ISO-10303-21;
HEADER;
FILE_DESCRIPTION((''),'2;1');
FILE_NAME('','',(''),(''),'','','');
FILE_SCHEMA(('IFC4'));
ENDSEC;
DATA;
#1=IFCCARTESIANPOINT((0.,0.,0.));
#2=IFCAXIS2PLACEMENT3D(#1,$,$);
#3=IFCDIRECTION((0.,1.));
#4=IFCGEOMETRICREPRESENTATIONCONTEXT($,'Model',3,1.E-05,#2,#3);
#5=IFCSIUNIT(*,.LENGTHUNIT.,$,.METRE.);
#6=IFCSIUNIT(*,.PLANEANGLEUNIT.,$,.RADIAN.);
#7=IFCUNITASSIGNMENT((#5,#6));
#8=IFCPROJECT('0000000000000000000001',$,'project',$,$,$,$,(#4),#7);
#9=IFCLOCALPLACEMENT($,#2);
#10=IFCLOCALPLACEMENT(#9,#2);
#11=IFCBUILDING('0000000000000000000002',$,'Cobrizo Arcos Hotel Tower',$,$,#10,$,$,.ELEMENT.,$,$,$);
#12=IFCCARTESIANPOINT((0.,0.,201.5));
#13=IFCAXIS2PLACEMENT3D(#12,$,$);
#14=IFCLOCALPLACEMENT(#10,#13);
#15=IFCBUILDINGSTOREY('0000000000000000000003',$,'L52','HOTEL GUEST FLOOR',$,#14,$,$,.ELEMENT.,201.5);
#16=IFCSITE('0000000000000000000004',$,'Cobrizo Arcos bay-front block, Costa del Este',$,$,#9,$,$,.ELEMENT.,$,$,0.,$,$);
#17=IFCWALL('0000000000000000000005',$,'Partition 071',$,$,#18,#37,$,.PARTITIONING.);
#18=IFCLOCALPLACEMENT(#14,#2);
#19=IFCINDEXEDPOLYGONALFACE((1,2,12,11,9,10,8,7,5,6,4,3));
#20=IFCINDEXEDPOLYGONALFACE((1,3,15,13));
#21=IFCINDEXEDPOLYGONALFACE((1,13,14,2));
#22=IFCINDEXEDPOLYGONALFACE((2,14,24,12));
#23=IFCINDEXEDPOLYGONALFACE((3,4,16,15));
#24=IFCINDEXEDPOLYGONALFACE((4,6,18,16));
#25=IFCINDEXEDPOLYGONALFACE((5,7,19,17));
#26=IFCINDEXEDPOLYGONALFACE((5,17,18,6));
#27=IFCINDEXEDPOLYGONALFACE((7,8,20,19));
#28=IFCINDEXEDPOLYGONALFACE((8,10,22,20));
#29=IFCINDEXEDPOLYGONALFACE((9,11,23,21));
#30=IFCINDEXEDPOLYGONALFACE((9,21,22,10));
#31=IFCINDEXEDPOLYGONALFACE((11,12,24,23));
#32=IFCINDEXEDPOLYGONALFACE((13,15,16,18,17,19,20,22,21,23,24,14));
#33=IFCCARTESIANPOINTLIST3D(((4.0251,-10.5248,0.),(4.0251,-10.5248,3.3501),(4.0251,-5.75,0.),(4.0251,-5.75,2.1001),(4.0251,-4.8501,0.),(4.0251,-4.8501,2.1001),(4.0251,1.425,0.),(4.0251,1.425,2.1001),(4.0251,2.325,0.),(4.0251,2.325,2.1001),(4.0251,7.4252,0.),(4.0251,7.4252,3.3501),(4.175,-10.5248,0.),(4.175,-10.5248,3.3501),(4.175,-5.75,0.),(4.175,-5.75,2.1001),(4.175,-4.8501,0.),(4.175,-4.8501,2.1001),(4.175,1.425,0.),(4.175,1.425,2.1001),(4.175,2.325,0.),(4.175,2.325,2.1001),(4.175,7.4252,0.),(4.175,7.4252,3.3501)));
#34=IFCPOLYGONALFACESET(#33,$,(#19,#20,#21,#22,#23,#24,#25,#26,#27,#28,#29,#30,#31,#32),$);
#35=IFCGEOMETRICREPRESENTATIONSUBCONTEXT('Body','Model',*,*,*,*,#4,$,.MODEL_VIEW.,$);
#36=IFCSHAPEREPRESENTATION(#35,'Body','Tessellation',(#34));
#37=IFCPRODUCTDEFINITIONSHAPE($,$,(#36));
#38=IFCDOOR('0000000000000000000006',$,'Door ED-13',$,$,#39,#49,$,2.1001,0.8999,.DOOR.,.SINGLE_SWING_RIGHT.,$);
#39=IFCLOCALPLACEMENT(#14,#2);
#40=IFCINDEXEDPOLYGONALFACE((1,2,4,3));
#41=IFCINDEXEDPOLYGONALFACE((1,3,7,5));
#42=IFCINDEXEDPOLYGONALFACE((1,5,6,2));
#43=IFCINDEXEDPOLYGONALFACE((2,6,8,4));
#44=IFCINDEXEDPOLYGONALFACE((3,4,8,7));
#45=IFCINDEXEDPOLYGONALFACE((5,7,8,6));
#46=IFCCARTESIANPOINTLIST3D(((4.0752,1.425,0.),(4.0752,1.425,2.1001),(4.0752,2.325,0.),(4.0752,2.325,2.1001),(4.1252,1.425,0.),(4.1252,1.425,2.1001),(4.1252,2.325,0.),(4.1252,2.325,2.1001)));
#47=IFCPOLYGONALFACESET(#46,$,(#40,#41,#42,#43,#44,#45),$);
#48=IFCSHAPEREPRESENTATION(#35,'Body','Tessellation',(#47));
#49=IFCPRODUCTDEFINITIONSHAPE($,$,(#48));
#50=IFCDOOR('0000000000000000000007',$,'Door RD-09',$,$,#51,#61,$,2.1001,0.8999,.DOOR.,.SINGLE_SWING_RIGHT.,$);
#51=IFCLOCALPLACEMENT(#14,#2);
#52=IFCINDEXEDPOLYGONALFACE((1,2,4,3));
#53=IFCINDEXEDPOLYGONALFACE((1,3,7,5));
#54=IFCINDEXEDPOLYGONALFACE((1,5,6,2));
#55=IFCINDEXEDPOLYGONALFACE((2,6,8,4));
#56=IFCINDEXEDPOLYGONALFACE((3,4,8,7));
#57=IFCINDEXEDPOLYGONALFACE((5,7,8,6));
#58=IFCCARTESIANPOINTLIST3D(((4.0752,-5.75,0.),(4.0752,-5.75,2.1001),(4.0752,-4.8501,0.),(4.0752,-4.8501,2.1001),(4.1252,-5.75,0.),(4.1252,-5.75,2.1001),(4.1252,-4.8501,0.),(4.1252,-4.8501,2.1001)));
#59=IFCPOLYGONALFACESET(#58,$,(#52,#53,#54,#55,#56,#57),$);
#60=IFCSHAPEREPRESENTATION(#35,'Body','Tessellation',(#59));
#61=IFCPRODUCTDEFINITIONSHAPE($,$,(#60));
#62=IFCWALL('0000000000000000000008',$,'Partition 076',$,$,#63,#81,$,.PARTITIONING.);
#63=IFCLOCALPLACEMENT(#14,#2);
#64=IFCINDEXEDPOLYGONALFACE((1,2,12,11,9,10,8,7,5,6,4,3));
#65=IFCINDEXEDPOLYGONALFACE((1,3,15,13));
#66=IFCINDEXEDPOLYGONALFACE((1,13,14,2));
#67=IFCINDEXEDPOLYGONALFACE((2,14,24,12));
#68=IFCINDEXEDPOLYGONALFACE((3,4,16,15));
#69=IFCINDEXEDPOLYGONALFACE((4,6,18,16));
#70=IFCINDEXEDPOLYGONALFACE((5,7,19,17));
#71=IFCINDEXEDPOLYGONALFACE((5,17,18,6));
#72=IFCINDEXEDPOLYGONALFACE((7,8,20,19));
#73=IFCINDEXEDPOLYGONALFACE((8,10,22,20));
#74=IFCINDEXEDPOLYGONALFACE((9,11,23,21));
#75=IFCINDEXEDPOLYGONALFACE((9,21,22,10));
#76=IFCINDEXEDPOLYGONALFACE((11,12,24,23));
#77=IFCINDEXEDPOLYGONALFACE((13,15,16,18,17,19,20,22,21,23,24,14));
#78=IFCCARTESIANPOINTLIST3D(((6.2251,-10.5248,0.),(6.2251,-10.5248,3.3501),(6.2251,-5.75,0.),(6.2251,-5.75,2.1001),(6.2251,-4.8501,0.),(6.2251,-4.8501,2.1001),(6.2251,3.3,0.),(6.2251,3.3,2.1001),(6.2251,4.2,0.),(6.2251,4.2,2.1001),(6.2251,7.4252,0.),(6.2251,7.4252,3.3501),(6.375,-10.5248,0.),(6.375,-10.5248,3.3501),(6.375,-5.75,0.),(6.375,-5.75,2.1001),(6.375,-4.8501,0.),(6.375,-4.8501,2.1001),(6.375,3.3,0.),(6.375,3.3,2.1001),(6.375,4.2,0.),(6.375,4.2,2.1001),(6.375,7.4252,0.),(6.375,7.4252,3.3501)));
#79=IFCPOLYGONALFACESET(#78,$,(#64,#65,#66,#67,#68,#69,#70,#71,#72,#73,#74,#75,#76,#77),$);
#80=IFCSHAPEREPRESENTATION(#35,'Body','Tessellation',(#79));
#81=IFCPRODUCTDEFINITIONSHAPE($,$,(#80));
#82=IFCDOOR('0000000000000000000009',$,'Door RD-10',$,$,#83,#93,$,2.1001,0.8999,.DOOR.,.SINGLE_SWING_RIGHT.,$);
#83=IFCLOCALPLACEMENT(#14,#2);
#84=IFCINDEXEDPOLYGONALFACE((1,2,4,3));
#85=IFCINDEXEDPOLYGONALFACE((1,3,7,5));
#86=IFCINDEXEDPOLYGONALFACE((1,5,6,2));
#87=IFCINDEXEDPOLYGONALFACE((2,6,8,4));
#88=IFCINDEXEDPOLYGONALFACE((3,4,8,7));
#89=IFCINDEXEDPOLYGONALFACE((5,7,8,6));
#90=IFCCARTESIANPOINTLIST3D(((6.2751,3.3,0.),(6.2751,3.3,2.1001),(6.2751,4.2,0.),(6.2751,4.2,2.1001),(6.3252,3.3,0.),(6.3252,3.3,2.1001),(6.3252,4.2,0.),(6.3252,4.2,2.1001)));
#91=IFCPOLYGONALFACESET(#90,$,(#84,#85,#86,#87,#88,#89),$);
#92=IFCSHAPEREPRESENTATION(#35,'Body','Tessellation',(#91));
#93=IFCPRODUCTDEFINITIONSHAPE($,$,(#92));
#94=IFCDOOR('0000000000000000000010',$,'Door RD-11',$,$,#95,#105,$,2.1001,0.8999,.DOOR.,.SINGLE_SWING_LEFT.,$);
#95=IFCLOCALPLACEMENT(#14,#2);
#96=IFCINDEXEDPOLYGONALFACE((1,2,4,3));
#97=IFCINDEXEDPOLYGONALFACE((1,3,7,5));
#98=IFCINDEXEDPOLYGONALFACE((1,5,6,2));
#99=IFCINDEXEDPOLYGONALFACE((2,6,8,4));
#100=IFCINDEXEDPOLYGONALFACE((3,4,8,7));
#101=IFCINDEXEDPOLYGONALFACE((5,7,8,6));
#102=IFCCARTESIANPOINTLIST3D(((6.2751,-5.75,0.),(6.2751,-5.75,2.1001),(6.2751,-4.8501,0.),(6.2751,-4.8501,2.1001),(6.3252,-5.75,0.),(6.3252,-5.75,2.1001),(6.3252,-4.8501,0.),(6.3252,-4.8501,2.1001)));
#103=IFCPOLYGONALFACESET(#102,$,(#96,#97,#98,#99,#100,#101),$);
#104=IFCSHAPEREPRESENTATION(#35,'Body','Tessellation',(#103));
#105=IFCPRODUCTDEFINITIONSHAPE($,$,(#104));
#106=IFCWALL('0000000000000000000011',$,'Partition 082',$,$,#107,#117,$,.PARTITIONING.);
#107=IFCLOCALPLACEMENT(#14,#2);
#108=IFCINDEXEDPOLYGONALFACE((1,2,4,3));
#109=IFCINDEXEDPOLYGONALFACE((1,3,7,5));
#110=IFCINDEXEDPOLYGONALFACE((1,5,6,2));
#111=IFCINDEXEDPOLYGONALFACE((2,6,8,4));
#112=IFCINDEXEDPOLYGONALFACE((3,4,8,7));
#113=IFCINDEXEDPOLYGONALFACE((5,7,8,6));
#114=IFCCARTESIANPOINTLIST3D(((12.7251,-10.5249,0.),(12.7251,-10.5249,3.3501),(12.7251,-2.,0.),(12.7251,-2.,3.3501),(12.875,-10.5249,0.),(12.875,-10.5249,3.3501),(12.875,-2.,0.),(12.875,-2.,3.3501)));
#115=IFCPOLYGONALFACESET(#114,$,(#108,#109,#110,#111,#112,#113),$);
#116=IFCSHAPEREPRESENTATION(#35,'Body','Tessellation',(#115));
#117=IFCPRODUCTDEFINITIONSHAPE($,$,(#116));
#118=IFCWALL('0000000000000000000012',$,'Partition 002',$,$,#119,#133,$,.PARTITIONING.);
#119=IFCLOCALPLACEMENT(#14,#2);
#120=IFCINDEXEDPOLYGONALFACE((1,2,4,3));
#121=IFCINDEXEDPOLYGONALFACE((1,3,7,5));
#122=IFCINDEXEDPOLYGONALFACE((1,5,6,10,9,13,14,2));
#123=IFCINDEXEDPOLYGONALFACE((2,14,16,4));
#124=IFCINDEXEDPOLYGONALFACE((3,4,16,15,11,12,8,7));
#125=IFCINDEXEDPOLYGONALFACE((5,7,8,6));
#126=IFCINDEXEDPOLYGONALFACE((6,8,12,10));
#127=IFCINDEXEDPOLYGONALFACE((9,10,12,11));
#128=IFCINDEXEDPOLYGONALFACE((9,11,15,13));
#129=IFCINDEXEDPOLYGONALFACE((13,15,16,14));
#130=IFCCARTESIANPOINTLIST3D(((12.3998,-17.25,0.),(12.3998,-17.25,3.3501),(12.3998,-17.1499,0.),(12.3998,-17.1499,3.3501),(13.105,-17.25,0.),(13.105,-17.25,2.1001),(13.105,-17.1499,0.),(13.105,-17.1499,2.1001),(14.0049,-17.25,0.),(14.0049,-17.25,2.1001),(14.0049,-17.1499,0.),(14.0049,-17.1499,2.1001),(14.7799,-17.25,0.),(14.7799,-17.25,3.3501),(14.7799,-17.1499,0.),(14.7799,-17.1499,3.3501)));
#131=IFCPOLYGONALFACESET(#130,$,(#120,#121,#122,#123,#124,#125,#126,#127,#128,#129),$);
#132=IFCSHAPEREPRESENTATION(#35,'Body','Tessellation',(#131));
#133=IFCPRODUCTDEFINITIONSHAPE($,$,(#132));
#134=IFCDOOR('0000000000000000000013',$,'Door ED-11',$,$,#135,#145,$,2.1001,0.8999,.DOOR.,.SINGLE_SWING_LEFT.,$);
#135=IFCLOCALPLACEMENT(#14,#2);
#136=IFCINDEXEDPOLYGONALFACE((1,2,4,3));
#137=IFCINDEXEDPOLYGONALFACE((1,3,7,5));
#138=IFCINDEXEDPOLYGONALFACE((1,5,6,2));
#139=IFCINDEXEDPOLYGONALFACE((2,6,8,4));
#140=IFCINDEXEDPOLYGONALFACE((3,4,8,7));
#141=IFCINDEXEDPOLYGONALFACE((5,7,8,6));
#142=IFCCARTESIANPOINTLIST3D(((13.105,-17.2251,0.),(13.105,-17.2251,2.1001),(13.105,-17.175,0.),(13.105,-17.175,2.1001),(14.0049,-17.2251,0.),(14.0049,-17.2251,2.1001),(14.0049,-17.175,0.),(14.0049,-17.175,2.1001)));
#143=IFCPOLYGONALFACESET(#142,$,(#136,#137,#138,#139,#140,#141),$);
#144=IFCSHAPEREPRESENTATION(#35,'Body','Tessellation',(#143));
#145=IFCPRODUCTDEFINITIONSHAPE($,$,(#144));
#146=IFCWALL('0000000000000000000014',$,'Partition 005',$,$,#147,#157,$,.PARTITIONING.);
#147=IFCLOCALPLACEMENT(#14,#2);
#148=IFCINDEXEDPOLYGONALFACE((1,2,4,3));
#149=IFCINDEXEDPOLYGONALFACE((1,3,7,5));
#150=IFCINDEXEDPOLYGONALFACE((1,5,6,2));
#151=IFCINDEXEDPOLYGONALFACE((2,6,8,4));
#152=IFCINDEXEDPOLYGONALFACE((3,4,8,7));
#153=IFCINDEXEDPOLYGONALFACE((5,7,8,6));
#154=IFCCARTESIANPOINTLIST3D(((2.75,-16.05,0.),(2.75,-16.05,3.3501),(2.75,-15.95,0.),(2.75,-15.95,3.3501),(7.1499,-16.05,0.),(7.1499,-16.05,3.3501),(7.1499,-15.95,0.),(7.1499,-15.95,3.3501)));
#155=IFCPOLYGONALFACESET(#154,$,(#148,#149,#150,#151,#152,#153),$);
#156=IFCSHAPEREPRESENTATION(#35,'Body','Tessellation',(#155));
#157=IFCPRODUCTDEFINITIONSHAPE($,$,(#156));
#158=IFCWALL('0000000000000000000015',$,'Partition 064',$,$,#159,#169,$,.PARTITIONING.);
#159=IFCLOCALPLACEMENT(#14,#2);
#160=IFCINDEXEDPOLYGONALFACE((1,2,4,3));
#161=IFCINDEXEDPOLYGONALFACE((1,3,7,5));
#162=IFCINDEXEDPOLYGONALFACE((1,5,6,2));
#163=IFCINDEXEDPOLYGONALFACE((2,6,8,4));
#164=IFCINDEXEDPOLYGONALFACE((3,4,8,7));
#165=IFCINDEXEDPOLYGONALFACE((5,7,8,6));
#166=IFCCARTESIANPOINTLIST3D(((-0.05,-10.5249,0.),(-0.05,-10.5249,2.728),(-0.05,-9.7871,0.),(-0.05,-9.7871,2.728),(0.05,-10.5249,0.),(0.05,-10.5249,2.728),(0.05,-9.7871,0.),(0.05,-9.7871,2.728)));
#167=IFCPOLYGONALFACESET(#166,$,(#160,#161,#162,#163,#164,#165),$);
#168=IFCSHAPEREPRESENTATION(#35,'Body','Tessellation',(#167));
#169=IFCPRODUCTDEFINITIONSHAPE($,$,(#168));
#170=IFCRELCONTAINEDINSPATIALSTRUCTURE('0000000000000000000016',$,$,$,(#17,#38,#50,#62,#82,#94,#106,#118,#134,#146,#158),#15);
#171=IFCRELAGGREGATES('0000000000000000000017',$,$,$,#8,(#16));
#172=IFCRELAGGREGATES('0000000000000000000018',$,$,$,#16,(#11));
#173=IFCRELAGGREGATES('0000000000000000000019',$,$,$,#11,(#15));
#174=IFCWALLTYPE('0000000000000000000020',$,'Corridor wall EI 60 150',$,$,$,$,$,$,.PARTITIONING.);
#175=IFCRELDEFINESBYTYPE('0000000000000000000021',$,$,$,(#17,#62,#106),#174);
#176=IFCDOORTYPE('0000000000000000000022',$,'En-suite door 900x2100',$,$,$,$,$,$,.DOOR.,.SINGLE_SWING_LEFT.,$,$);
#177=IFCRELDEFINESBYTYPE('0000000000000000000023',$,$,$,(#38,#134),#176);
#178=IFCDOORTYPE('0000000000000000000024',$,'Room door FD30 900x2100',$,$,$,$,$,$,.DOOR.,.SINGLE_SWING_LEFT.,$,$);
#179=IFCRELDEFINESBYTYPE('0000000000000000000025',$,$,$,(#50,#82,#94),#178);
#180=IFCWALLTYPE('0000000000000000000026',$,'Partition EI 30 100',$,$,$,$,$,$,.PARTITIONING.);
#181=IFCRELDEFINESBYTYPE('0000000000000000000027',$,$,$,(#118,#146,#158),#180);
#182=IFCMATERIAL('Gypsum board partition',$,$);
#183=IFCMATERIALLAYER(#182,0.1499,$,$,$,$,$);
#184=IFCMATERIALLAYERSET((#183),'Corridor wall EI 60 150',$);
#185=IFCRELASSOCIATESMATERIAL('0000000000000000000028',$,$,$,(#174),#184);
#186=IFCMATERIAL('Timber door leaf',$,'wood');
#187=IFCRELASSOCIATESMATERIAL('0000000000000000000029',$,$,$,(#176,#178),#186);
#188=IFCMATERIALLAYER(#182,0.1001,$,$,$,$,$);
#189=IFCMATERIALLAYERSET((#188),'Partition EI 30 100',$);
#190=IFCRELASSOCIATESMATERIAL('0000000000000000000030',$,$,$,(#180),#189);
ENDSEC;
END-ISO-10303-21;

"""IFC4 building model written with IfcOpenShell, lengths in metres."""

from ifc_helpers import new_model, si_unit, direction, frame, frame_2d, origin, place, context, subcontext, project, spatial, rectangle, extrude, material, layer, layer_set, type_object, element, fill, save


model = new_model("IFC4")

# Units and contexts
model_context = context("Model", 3, precision=1e-05, world=origin(), true_north=direction((0.0, 1.0)))
body_context = subcontext(model_context, "Body", "Model", "MODEL_VIEW")
ifc_project = project(units=[si_unit("LENGTHUNIT", "METRE"), si_unit("PLANEANGLEUNIT", "RADIAN")], contexts=[model_context])

# Site, building, storey
site_placement = place(None, origin())
site = spatial("IfcSite", under=ifc_project, at=site_placement, Name="Cobrizo Arcos bay-front block, Costa del Este", CompositionType="ELEMENT", RefElevation=0.0)
building_placement = place(site_placement, origin())
building = spatial("IfcBuilding", under=site, at=building_placement, Name="Cobrizo Arcos Hotel Tower", CompositionType="ELEMENT")
storey_placement = place(building_placement, frame((0.0, 0.0, 201.5)))
storey = spatial("IfcBuildingStorey", under=building, at=storey_placement, Name="L52", Description="HOTEL GUEST FLOOR", CompositionType="ELEMENT", Elevation=201.5)

# Shared definitions
ifc_material_1 = material(Name="Gypsum board partition")
ifc_layer_1 = layer(ifc_material_1, 0.1499)
ifc_layer_set_1 = layer_set([ifc_layer_1], Name="Corridor wall EI 60 150")
wall_type_1 = type_object("IfcWallType", Name="Corridor wall EI 60 150", PredefinedType="PARTITIONING", material=ifc_layer_set_1)

# Walls, openings, doors
wall_1_placement = place(storey_placement, frame((4.1001, -10.5249, 0.0), z_axis=(0.0, 0.0, 1.0), x_axis=(0.0, 1.0, 0.0)))
wall_1 = element("IfcWall", 1, at=wall_1_placement, inside=storey, type_object=wall_type_1, Name="Partition 071", PredefinedType="PARTITIONING", context=body_context, shape_type="SweptSolid", body=[
    extrude(rectangle(XDim=17.95, YDim=0.1499, at=frame_2d((8.9751, 0.0))), origin(), (0.0, 0.0, 1.0), 3.3501),
])
opening_1_placement = place(wall_1_placement, frame((11.95, 0.0, 0.0)))
opening_1 = element("IfcOpeningElement", 2, at=opening_1_placement, cuts=wall_1, PredefinedType="OPENING", context=body_context, shape_type="SweptSolid", body=[
    extrude(rectangle(XDim=0.8999, YDim=2.1001, at=frame_2d((0.45, 1.05))), frame((0.0, 0.0869, 0.0), z_axis=(0.0, -1.0, 0.0), x_axis=(1.0, 0.0, 0.0)), (0.0, 0.0, 1.0), 0.1738),
])
opening_2_placement = place(wall_1_placement, frame((4.7749, 0.0, 0.0)))
opening_2 = element("IfcOpeningElement", 3, at=opening_2_placement, cuts=wall_1, PredefinedType="OPENING", context=body_context, shape_type="SweptSolid", body=[
    extrude(rectangle(XDim=0.8999, YDim=2.1001, at=frame_2d((0.45, 1.05))), frame((0.0, 0.0869, 0.0), z_axis=(0.0, -1.0, 0.0), x_axis=(1.0, 0.0, 0.0)), (0.0, 0.0, 1.0), 0.1738),
])
ifc_material_2 = material(Name="Timber door leaf", Category="wood")
door_type_1 = type_object("IfcDoorType", Name="En-suite door 900x2100", OperationType="SINGLE_SWING_LEFT", PredefinedType="DOOR", material=ifc_material_2)
door_1_placement = place(opening_1_placement, origin())
door_1 = element("IfcDoor", 4, at=door_1_placement, inside=storey, type_object=door_type_1, Name="Door ED-13", OperationType="SINGLE_SWING_RIGHT", OverallHeight=2.1001, OverallWidth=0.8999, PredefinedType="DOOR", context=body_context, shape_type="SweptSolid", body=[
    extrude(rectangle(XDim=0.8999, YDim=2.1001, at=frame_2d((0.45, 1.05))), frame((0.0, 0.0249, 0.0), z_axis=(0.0, -1.0, 0.0), x_axis=(1.0, 0.0, 0.0)), (0.0, 0.0, 1.0), 0.05),
])
fill(opening_1, door_1)
door_type_2 = type_object("IfcDoorType", Name="Room door FD30 900x2100", OperationType="SINGLE_SWING_LEFT", PredefinedType="DOOR", material=ifc_material_2)
door_2_placement = place(opening_2_placement, origin())
door_2 = element("IfcDoor", 5, at=door_2_placement, inside=storey, type_object=door_type_2, Name="Door RD-09", OperationType="SINGLE_SWING_RIGHT", OverallHeight=2.1001, OverallWidth=0.8999, PredefinedType="DOOR", context=body_context, shape_type="SweptSolid", body=[
    extrude(rectangle(XDim=0.8999, YDim=2.1001, at=frame_2d((0.45, 1.05))), frame((0.0, 0.0249, 0.0), z_axis=(0.0, -1.0, 0.0), x_axis=(1.0, 0.0, 0.0)), (0.0, 0.0, 1.0), 0.05),
])
fill(opening_2, door_2)
wall_2_placement = place(storey_placement, frame((6.3, -10.5249, 0.0), z_axis=(0.0, 0.0, 1.0), x_axis=(0.0, 1.0, 0.0)))
wall_2 = element("IfcWall", 6, at=wall_2_placement, inside=storey, type_object=wall_type_1, Name="Partition 076", PredefinedType="PARTITIONING", context=body_context, shape_type="SweptSolid", body=[
    extrude(rectangle(XDim=17.95, YDim=0.1499, at=frame_2d((8.9751, 0.0))), origin(), (0.0, 0.0, 1.0), 3.3501),
])
opening_3_placement = place(wall_2_placement, frame((13.825, 0.0, 0.0)))
opening_3 = element("IfcOpeningElement", 7, at=opening_3_placement, cuts=wall_2, PredefinedType="OPENING", context=body_context, shape_type="SweptSolid", body=[
    extrude(rectangle(XDim=0.8999, YDim=2.1001, at=frame_2d((0.45, 1.05))), frame((0.0, 0.0869, 0.0), z_axis=(0.0, -1.0, 0.0), x_axis=(1.0, 0.0, 0.0)), (0.0, 0.0, 1.0), 0.1738),
])
opening_4_placement = place(wall_2_placement, frame((4.7749, 0.0, 0.0)))
opening_4 = element("IfcOpeningElement", 8, at=opening_4_placement, cuts=wall_2, PredefinedType="OPENING", context=body_context, shape_type="SweptSolid", body=[
    extrude(rectangle(XDim=0.8999, YDim=2.1001, at=frame_2d((0.45, 1.05))), frame((0.0, 0.0869, 0.0), z_axis=(0.0, -1.0, 0.0), x_axis=(1.0, 0.0, 0.0)), (0.0, 0.0, 1.0), 0.1738),
])
door_3_placement = place(opening_3_placement, origin())
door_3 = element("IfcDoor", 9, at=door_3_placement, inside=storey, type_object=door_type_2, Name="Door RD-10", OperationType="SINGLE_SWING_RIGHT", OverallHeight=2.1001, OverallWidth=0.8999, PredefinedType="DOOR", context=body_context, shape_type="SweptSolid", body=[
    extrude(rectangle(XDim=0.8999, YDim=2.1001, at=frame_2d((0.45, 1.05))), frame((0.0, 0.0249, 0.0), z_axis=(0.0, -1.0, 0.0), x_axis=(1.0, 0.0, 0.0)), (0.0, 0.0, 1.0), 0.05),
])
fill(opening_3, door_3)
door_4_placement = place(opening_4_placement, origin())
door_4 = element("IfcDoor", 10, at=door_4_placement, inside=storey, type_object=door_type_2, Name="Door RD-11", OperationType="SINGLE_SWING_LEFT", OverallHeight=2.1001, OverallWidth=0.8999, PredefinedType="DOOR", context=body_context, shape_type="SweptSolid", body=[
    extrude(rectangle(XDim=0.8999, YDim=2.1001, at=frame_2d((0.45, 1.05))), frame((0.0, 0.0249, 0.0), z_axis=(0.0, -1.0, 0.0), x_axis=(1.0, 0.0, 0.0)), (0.0, 0.0, 1.0), 0.05),
])
fill(opening_4, door_4)

# Wall
wall_3_placement = place(storey_placement, frame((12.8, -10.5249, 0.0), z_axis=(0.0, 0.0, 1.0), x_axis=(0.0, 1.0, 0.0)))
element("IfcWall", 11, at=wall_3_placement, inside=storey, type_object=wall_type_1, Name="Partition 082", PredefinedType="PARTITIONING", context=body_context, shape_type="SweptSolid", body=[
    extrude(rectangle(XDim=8.5249, YDim=0.1499, at=frame_2d((4.2625, 0.0))), origin(), (0.0, 0.0, 1.0), 3.3501),
])

# Wall, opening, door
ifc_layer_2 = layer(ifc_material_1, 0.1001)
ifc_layer_set_2 = layer_set([ifc_layer_2], Name="Partition EI 30 100")
wall_type_2 = type_object("IfcWallType", Name="Partition EI 30 100", PredefinedType="PARTITIONING", material=ifc_layer_set_2)
wall_4_placement = place(storey_placement, frame((12.3999, -17.2, 0.0), z_axis=(0.0, 0.0, 1.0), x_axis=(1.0, 0.0, 0.0)))
wall_4 = element("IfcWall", 12, at=wall_4_placement, inside=storey, type_object=wall_type_2, Name="Partition 002", PredefinedType="PARTITIONING", context=body_context, shape_type="SweptSolid", body=[
    extrude(rectangle(XDim=2.3801, YDim=0.1001, at=frame_2d((1.1899, 0.0))), origin(), (0.0, 0.0, 1.0), 3.3501),
])
opening_5_placement = place(wall_4_placement, frame((0.7051, 0.0, 0.0)))
opening_5 = element("IfcOpeningElement", 13, at=opening_5_placement, cuts=wall_4, PredefinedType="OPENING", context=body_context, shape_type="SweptSolid", body=[
    extrude(rectangle(XDim=0.8999, YDim=2.1001, at=frame_2d((0.45, 1.05))), frame((0.0, 0.062, 0.0), z_axis=(0.0, -1.0, 0.0), x_axis=(1.0, 0.0, 0.0)), (0.0, 0.0, 1.0), 0.124),
])
door_5_placement = place(opening_5_placement, origin())
door_5 = element("IfcDoor", 14, at=door_5_placement, inside=storey, type_object=door_type_1, Name="Door ED-11", OperationType="SINGLE_SWING_LEFT", OverallHeight=2.1001, OverallWidth=0.8999, PredefinedType="DOOR", context=body_context, shape_type="SweptSolid", body=[
    extrude(rectangle(XDim=0.8999, YDim=2.1001, at=frame_2d((0.45, 1.05))), frame((0.0, 0.0249, 0.0), z_axis=(0.0, -1.0, 0.0), x_axis=(1.0, 0.0, 0.0)), (0.0, 0.0, 1.0), 0.05),
])
fill(opening_5, door_5)

# Walls
wall_5_placement = place(storey_placement, frame((2.75, -16.0, 0.0), z_axis=(0.0, 0.0, 1.0), x_axis=(1.0, 0.0, 0.0)))
element("IfcWall", 15, at=wall_5_placement, inside=storey, type_object=wall_type_2, Name="Partition 005", PredefinedType="PARTITIONING", context=body_context, shape_type="SweptSolid", body=[
    extrude(rectangle(XDim=4.3999, YDim=0.1001, at=frame_2d((2.2, 0.0))), origin(), (0.0, 0.0, 1.0), 3.3501),
])
wall_6_placement = place(storey_placement, frame((0.0, -10.5249, 0.0), z_axis=(0.0, 0.0, 1.0), x_axis=(0.0, 1.0, 0.0)))
element("IfcWall", 16, at=wall_6_placement, inside=storey, type_object=wall_type_2, Name="Partition 064", PredefinedType="PARTITIONING", context=body_context, shape_type="SweptSolid", body=[
    extrude(rectangle(XDim=0.7378, YDim=0.1001, at=frame_2d((0.3689, 0.0))), origin(), (0.0, 0.0, 1.0), 2.728),
])

save(model, "model.ifc")
